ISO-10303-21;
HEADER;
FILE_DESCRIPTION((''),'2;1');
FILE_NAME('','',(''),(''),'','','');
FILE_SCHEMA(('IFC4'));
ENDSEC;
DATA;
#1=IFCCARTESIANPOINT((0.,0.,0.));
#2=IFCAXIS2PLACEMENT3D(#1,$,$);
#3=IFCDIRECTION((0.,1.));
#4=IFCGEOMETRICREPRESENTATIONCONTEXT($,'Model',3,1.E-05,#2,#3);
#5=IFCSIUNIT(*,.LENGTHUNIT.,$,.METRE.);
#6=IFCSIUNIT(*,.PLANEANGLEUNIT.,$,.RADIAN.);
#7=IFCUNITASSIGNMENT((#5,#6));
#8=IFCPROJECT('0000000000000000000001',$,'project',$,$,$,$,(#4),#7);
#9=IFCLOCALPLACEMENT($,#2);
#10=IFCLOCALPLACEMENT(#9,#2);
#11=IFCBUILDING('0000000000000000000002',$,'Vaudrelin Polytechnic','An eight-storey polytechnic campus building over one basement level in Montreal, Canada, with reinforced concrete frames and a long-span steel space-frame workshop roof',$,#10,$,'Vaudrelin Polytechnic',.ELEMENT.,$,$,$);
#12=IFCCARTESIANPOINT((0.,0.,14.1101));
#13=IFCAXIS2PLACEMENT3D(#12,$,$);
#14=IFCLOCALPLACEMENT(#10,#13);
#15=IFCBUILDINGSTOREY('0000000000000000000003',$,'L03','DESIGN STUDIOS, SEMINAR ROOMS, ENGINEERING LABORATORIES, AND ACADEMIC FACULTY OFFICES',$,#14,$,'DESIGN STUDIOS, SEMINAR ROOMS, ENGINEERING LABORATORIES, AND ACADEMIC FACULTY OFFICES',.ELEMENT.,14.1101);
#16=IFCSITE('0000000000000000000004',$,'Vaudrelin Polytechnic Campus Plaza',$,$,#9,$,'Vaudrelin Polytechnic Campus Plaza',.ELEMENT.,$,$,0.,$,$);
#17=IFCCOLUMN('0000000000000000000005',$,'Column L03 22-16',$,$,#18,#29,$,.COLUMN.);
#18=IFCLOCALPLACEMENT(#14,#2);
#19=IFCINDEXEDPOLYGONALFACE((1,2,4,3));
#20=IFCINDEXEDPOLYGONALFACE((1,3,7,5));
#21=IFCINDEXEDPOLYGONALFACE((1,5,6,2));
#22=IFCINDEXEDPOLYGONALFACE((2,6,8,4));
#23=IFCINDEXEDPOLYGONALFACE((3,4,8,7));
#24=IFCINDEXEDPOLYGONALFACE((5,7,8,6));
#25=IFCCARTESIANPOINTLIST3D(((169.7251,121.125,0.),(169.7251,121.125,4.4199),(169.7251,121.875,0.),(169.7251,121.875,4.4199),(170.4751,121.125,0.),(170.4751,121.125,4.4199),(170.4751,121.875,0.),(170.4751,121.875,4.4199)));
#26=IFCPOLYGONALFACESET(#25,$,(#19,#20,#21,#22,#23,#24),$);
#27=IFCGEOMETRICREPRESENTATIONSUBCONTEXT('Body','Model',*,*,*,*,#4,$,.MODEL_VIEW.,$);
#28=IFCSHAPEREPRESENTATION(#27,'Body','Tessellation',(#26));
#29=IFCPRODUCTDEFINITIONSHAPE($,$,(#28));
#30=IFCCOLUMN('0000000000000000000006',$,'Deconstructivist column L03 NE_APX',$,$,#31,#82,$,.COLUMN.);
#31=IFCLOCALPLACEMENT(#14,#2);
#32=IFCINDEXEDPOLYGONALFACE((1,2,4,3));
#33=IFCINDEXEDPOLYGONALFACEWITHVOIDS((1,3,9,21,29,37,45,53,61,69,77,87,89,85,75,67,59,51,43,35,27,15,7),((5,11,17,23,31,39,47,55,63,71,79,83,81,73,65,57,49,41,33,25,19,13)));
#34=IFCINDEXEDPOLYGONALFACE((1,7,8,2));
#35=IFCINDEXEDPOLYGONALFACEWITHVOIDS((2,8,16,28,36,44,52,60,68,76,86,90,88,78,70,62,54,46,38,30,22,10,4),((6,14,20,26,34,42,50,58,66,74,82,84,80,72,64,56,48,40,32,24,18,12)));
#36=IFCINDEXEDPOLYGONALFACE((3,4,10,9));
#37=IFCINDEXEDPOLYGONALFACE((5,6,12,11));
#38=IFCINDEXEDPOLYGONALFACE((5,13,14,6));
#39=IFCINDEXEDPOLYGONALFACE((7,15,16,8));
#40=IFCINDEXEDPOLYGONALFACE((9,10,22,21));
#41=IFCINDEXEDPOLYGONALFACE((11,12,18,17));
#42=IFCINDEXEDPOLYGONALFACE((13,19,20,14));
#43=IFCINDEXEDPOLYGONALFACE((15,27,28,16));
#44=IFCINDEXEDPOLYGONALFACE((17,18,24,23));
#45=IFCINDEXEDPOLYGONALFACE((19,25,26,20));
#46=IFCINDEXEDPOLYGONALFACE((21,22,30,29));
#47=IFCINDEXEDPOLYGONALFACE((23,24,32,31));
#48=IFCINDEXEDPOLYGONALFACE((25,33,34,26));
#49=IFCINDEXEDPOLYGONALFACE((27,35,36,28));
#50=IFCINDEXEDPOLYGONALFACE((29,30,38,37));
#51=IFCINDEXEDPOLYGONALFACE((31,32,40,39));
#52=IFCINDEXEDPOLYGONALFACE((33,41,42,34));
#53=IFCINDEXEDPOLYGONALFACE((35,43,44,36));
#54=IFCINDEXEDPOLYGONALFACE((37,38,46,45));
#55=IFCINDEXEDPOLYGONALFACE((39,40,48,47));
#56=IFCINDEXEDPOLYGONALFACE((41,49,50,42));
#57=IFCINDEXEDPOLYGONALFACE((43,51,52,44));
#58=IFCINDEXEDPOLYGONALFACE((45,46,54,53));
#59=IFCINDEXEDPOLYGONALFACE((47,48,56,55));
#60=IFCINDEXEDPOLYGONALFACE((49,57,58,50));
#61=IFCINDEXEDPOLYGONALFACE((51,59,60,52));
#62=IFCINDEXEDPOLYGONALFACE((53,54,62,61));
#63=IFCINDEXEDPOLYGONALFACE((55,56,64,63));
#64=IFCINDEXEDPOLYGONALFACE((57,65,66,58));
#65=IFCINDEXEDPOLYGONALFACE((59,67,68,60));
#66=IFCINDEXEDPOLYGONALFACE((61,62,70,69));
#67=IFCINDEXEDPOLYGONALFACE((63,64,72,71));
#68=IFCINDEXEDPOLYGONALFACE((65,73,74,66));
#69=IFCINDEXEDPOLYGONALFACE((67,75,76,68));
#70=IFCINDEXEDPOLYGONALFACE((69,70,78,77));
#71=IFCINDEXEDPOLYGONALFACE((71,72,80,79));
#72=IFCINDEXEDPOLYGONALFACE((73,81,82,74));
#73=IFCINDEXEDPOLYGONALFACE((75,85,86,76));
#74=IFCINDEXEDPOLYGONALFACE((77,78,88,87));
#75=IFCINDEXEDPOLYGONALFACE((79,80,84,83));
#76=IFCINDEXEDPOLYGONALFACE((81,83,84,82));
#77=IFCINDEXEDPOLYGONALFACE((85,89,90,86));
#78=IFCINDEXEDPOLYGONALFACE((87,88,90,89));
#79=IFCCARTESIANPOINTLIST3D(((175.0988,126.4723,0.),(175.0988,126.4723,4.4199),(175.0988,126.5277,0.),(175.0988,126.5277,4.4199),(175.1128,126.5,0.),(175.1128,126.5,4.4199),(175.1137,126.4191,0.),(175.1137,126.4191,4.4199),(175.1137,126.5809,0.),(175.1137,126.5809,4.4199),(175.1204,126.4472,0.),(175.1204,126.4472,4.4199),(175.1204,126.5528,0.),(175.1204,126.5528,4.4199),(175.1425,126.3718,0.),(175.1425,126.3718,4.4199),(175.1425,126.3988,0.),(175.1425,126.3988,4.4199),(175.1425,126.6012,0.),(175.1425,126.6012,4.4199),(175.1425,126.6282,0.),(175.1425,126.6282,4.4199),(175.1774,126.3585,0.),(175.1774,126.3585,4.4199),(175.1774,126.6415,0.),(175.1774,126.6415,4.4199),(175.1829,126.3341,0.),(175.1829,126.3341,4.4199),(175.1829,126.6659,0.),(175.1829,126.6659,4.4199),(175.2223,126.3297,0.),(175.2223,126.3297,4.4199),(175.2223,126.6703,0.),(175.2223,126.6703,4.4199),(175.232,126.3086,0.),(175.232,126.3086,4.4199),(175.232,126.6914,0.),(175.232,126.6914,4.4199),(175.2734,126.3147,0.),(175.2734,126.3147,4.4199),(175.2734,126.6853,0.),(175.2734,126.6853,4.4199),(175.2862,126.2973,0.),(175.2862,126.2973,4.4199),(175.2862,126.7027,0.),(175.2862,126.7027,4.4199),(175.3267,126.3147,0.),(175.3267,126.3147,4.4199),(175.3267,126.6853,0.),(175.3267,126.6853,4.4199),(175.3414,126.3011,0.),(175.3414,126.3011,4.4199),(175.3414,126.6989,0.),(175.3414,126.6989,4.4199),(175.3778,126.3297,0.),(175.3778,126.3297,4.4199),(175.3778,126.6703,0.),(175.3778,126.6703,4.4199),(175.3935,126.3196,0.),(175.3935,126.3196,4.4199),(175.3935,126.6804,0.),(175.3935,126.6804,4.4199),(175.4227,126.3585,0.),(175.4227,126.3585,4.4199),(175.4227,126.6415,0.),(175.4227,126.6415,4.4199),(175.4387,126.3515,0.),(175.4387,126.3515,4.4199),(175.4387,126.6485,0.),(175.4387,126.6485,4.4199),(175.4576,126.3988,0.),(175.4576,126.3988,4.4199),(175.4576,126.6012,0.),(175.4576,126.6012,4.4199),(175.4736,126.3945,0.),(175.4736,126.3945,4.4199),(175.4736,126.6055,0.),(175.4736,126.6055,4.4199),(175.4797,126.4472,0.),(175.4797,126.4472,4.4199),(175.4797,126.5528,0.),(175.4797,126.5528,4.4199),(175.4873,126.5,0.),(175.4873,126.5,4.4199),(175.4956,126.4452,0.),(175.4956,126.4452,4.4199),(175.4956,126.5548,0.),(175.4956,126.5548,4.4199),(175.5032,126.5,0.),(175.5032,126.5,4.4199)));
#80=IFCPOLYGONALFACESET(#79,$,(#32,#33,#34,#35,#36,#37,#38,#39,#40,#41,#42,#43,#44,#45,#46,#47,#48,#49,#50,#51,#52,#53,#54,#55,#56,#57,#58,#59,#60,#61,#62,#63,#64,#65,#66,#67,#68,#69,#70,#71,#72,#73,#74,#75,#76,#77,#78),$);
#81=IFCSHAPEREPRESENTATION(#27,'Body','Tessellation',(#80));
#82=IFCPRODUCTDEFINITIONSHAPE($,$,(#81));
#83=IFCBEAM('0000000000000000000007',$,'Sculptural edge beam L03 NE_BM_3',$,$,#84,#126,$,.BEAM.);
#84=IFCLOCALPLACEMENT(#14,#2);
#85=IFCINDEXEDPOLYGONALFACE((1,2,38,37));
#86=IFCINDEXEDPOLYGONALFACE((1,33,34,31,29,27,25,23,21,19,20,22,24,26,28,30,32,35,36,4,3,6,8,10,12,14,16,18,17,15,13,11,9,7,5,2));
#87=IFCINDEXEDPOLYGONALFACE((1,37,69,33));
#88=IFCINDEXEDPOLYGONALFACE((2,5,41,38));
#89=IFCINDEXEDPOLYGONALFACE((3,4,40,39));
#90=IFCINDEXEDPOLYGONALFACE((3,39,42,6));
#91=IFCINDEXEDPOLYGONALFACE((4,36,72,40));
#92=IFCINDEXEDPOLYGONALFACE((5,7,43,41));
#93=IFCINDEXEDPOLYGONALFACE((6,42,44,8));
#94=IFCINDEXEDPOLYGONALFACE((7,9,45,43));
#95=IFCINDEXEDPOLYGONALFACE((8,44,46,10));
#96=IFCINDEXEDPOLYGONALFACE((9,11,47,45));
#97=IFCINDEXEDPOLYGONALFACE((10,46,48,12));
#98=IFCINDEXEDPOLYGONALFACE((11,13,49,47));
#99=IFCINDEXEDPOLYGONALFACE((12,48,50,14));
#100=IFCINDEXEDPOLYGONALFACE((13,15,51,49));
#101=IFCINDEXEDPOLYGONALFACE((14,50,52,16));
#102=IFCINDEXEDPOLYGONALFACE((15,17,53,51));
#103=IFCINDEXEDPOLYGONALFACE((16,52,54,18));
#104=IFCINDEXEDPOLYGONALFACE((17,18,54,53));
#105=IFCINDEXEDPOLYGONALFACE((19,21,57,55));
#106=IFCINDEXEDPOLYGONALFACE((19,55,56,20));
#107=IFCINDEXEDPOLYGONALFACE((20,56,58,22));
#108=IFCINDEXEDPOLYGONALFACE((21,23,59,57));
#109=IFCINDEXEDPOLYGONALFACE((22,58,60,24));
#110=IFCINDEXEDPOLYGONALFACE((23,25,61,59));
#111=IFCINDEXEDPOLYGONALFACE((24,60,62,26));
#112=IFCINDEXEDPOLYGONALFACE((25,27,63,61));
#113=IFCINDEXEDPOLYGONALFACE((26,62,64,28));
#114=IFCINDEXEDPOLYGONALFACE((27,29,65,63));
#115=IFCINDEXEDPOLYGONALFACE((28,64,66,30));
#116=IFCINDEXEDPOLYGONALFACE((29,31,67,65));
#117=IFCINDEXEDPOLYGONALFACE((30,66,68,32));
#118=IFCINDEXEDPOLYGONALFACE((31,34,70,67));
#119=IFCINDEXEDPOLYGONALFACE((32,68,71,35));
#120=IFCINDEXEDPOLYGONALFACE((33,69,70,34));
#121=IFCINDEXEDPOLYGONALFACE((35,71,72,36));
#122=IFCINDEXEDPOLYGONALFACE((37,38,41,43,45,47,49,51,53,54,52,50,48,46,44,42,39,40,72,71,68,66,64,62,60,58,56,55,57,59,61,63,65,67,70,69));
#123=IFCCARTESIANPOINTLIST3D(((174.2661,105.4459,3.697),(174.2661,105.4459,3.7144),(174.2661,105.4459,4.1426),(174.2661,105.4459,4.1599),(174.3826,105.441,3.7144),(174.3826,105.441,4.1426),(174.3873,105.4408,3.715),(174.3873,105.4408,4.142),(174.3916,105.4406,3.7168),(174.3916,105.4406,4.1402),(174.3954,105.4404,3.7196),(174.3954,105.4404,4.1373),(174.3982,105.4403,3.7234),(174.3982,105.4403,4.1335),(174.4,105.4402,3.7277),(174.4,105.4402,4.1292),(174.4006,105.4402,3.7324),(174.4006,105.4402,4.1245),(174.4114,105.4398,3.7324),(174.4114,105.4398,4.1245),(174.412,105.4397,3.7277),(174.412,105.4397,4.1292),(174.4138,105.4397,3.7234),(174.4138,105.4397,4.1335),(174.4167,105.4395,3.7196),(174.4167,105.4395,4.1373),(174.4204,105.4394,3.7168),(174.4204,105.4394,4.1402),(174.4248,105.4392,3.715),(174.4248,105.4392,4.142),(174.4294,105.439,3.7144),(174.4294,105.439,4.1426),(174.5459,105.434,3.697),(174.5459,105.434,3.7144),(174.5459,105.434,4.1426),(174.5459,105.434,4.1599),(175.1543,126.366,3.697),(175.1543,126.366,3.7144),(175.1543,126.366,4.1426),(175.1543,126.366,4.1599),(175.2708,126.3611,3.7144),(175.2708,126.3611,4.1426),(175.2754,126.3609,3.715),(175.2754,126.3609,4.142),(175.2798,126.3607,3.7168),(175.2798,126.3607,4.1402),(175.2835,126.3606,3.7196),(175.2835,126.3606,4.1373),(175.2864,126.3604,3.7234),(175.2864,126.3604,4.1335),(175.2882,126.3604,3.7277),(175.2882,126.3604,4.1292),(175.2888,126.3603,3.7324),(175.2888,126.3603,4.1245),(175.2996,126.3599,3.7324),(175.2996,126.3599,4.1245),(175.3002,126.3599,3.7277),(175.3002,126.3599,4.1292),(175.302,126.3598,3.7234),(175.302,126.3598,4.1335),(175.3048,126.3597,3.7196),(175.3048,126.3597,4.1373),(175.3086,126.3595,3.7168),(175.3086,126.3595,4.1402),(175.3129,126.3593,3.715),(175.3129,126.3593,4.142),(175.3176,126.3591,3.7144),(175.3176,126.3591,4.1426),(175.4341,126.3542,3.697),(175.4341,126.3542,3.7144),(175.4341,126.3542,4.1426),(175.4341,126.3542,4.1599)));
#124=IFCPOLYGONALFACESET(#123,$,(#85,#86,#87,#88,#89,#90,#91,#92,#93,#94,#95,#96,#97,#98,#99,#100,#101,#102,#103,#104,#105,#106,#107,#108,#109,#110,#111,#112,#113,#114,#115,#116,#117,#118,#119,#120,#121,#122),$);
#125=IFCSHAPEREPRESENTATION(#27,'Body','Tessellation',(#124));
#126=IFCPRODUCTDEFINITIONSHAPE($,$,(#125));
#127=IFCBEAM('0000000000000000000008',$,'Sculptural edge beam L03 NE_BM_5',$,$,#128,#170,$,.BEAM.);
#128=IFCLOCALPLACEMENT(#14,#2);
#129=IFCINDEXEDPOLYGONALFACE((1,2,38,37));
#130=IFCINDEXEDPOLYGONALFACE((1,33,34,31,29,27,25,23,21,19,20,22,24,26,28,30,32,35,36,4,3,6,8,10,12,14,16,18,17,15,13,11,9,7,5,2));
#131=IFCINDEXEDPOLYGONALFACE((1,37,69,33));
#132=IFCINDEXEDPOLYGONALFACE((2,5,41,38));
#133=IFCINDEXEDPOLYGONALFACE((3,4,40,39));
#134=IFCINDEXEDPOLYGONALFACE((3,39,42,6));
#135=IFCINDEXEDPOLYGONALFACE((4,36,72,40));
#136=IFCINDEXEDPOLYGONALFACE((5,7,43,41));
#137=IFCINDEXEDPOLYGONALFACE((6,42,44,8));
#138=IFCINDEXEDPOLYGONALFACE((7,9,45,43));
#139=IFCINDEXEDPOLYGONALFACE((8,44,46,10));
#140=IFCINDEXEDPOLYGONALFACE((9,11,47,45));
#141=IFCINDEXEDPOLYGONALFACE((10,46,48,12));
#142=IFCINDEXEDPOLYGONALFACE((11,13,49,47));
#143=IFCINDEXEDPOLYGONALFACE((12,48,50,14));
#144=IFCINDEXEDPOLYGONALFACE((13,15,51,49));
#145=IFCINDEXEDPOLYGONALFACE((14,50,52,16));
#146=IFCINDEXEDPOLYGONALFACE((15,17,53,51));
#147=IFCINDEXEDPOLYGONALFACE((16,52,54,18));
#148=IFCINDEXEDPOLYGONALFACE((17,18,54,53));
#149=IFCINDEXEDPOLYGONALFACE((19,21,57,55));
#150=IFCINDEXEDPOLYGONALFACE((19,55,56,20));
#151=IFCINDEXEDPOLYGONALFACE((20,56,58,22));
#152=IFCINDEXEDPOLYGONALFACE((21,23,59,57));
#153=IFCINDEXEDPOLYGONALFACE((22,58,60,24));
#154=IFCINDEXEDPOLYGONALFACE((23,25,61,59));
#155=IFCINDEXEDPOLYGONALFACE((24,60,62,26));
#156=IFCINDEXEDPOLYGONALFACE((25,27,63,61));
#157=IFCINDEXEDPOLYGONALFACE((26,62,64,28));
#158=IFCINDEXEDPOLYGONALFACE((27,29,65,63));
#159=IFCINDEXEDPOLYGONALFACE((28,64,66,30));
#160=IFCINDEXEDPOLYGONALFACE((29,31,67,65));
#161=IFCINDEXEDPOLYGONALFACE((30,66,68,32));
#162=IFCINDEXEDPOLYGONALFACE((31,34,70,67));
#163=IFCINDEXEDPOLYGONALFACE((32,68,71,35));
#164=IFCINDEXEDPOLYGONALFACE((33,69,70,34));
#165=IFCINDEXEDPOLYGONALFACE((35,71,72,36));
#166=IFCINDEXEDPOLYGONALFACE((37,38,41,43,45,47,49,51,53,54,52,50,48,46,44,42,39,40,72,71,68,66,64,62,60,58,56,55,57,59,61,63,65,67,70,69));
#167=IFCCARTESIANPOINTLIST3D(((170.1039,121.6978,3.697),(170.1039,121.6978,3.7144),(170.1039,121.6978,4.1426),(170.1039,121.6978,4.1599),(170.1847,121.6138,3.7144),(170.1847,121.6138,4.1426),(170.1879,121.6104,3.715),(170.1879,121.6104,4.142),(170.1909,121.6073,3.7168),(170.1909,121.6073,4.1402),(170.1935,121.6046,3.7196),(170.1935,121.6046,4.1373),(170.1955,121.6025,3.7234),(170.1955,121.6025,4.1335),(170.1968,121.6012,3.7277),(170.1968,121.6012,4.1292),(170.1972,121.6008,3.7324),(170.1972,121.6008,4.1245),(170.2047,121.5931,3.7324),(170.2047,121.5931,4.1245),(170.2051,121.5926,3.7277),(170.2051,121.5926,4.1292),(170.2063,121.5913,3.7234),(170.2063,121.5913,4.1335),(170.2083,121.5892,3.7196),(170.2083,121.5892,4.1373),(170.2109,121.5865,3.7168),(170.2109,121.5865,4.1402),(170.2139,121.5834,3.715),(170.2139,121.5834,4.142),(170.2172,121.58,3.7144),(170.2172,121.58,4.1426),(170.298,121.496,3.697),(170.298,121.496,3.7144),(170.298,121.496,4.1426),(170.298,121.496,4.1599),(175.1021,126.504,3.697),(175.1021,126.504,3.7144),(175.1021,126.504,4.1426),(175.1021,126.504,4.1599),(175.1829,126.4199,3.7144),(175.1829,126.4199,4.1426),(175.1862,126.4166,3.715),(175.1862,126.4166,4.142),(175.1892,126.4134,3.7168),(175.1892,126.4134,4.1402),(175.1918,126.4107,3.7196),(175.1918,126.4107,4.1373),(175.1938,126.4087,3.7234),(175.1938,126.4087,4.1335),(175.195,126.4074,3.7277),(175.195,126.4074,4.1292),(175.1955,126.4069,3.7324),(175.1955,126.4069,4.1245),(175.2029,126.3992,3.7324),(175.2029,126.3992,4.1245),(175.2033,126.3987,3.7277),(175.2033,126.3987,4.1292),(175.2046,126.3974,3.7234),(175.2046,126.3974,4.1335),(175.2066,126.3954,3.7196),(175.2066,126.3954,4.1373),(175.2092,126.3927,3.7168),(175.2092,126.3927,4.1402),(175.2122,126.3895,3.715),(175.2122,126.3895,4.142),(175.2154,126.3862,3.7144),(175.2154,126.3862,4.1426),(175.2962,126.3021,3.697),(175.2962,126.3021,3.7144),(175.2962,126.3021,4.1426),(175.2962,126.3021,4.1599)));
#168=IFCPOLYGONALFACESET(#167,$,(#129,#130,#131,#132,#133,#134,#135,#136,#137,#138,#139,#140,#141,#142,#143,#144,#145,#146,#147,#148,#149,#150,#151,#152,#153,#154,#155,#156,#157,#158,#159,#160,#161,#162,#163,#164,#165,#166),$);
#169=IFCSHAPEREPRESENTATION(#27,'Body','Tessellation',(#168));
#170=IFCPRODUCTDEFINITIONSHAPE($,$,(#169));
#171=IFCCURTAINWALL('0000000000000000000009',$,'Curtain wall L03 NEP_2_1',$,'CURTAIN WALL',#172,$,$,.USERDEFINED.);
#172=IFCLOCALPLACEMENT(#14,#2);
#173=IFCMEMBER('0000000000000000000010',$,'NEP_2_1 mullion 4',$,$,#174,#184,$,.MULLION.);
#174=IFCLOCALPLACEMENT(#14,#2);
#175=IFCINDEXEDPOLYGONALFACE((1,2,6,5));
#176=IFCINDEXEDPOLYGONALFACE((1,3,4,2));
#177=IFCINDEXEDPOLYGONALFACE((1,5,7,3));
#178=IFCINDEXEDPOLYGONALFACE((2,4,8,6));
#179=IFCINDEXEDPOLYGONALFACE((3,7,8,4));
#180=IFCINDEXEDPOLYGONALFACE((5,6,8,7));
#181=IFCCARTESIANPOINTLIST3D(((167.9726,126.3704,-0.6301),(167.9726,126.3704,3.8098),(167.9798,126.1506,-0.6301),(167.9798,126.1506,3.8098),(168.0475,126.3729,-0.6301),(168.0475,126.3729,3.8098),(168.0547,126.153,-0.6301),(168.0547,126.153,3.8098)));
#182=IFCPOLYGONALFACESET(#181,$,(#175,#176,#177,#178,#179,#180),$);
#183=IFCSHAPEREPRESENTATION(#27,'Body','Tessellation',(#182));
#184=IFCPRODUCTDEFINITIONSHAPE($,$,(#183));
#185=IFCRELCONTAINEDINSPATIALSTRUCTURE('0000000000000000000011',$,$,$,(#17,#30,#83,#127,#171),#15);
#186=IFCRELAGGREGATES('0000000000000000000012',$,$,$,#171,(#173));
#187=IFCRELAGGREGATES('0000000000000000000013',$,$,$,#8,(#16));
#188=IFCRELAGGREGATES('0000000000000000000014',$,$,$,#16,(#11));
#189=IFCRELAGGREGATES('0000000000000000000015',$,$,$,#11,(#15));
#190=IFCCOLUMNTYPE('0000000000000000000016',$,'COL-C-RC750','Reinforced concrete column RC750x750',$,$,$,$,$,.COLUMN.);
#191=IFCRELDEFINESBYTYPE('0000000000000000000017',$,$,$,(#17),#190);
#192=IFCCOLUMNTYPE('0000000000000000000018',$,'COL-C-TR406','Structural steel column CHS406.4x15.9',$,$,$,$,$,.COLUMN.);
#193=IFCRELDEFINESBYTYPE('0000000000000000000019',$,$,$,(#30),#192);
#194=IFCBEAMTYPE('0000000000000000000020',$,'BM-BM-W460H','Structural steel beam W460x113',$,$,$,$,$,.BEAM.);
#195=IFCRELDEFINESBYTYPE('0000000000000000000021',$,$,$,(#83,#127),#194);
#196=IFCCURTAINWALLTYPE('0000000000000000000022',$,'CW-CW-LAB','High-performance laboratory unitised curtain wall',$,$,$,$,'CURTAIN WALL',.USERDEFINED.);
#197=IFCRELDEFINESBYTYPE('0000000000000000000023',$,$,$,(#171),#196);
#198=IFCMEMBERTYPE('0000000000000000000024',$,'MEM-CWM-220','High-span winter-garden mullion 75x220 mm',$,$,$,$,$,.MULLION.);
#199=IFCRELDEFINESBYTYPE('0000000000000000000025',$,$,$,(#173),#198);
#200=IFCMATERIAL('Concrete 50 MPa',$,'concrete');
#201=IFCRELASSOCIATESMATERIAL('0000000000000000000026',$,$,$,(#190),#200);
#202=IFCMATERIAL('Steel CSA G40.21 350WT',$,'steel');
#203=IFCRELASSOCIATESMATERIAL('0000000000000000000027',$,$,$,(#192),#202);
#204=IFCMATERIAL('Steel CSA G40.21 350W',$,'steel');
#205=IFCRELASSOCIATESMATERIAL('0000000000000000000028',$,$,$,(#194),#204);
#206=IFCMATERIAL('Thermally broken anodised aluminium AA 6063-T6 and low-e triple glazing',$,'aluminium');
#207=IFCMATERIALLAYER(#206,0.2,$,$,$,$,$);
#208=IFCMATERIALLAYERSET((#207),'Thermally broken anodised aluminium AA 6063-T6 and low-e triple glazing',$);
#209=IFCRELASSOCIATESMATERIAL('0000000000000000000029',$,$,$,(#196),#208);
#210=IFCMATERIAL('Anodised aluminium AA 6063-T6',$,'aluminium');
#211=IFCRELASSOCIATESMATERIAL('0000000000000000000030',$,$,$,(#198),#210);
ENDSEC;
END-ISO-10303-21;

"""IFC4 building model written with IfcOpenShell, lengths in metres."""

from ifc_helpers import new_model, si_unit, direction, frame, origin, origin_2d, place, context, subcontext, project, spatial, rectangle, hollow_circle, i_section, extrude, material, layer, layer_set, material_profile, profile_set, type_object, element, aggregate, save


model = new_model("IFC4")

# Units and contexts
model_context = context("Model", 3, precision=1e-05, world=origin(), true_north=direction((0.0, 1.0)))
body_context = subcontext(model_context, "Body", "Model", "MODEL_VIEW")
ifc_project = project(units=[si_unit("LENGTHUNIT", "METRE"), si_unit("PLANEANGLEUNIT", "RADIAN")], contexts=[model_context])

# Site, building, storey
site_placement = place(None, origin())
site = spatial("IfcSite", under=ifc_project, at=site_placement, Name="Vaudrelin Polytechnic Campus Plaza", LongName="Vaudrelin Polytechnic Campus Plaza", CompositionType="ELEMENT", RefElevation=0.0)
building_placement = place(site_placement, origin())
building = spatial("IfcBuilding", under=site, at=building_placement, Name="Vaudrelin Polytechnic", Description="An eight-storey polytechnic campus building over one basement level in Montreal, Canada, with reinforced concrete frames and a long-span steel space-frame workshop roof", LongName="Vaudrelin Polytechnic", CompositionType="ELEMENT")
storey_placement = place(building_placement, frame((0.0, 0.0, 14.1101)))
storey = spatial("IfcBuildingStorey", under=building, at=storey_placement, Name="L03", Description="DESIGN STUDIOS, SEMINAR ROOMS, ENGINEERING LABORATORIES, AND ACADEMIC FACULTY OFFICES", LongName="DESIGN STUDIOS, SEMINAR ROOMS, ENGINEERING LABORATORIES, AND ACADEMIC FACULTY OFFICES", CompositionType="ELEMENT", Elevation=14.1101)

# Columns
ifc_material_1 = material(Name="Concrete 50 MPa", Category="concrete")
ifc_material_profile_1 = material_profile(ifc_material_1, rectangle(XDim=0.75, YDim=0.75, at=origin_2d()), Name="RC750x750")
ifc_profile_set_1 = profile_set([ifc_material_profile_1], Name="Concrete 50 MPa")
column_type_1 = type_object("IfcColumnType", Name="COL-C-RC750", Description="Reinforced concrete column RC750x750", PredefinedType="COLUMN", material=ifc_profile_set_1)
column_1_placement = place(storey_placement, frame((170.1001, 121.5, 0.0), z_axis=(0.0, 0.0, 1.0), x_axis=(1.0, 0.0, 0.0)))
element("IfcColumn", 1, at=column_1_placement, inside=storey, type_object=column_type_1, Name="Column L03 22-16", PredefinedType="COLUMN", context=body_context, shape_type="SweptSolid", body=[
    extrude(rectangle(XDim=0.75, YDim=0.75, at=origin_2d()), origin(), (0.0, 0.0, 1.0), 4.4199),
])
ifc_material_2 = material(Name="Steel CSA G40.21 350WT", Category="steel")
ifc_material_profile_2 = material_profile(ifc_material_2, hollow_circle(Radius=0.2031, WallThickness=0.0159, at=origin_2d()), Name="CHS406.4x15.9")
ifc_profile_set_2 = profile_set([ifc_material_profile_2], Name="Steel CSA G40.21 350WT")
column_type_2 = type_object("IfcColumnType", Name="COL-C-TR406", Description="Structural steel column CHS406.4x15.9", PredefinedType="COLUMN", material=ifc_profile_set_2)
column_2_placement = place(storey_placement, frame((175.3, 126.5, 0.0), z_axis=(0.0, 0.0, 1.0), x_axis=(1.0, 0.0, 0.0)))
element("IfcColumn", 2, at=column_2_placement, inside=storey, type_object=column_type_2, Name="Deconstructivist column L03 NE_APX", PredefinedType="COLUMN", context=body_context, shape_type="SweptSolid", body=[
    extrude(hollow_circle(Radius=0.2031, WallThickness=0.0159, at=origin_2d()), origin(), (0.0, 0.0, 1.0), 4.4199),
])

# Beams
ifc_material_3 = material(Name="Steel CSA G40.21 350W", Category="steel")
ifc_material_profile_3 = material_profile(ifc_material_3, i_section(OverallWidth=0.28, OverallDepth=0.4629, WebThickness=0.0107, FlangeThickness=0.0173, FilletRadius=0.0181, at=origin_2d()), Name="W460x113")
ifc_profile_set_3 = profile_set([ifc_material_profile_3], Name="Steel CSA G40.21 350W")
beam_type = type_object("IfcBeamType", Name="BM-BM-W460H", Description="Structural steel beam W460x113", PredefinedType="BEAM", material=ifc_profile_set_3)
beam_1_placement = place(storey_placement, frame((175.2942, 126.3601, 3.9285), z_axis=(-0.042418, -0.9991, 0.0), x_axis=(0.9991, -0.042418, 0.0)))
element("IfcBeam", 3, at=beam_1_placement, inside=storey, type_object=beam_type, Name="Sculptural edge beam L03 NE_BM_3", PredefinedType="BEAM", context=body_context, shape_type="SweptSolid", body=[
    extrude(i_section(OverallWidth=0.28, OverallDepth=0.4629, WebThickness=0.0107, FlangeThickness=0.0173, FilletRadius=0.0181, at=origin_2d()), origin(), (0.0, 0.0, 1.0), 20.939),
])
beam_2_placement = place(storey_placement, frame((170.2009, 121.5969, 3.9285), z_axis=(0.720826, 0.693116, 0.0), x_axis=(-0.693116, 0.720826, 0.0)))
element("IfcBeam", 4, at=beam_2_placement, inside=storey, type_object=beam_type, Name="Sculptural edge beam L03 NE_BM_5", PredefinedType="BEAM", context=body_context, shape_type="SweptSolid", body=[
    extrude(i_section(OverallWidth=0.28, OverallDepth=0.4629, WebThickness=0.0107, FlangeThickness=0.0173, FilletRadius=0.0181, at=origin_2d()), origin(), (0.0, 0.0, 1.0), 6.9341),
])

# Curtain wall, member
ifc_material_4 = material(Name="Thermally broken anodised aluminium AA 6063-T6 and low-e triple glazing", Category="aluminium")
ifc_layer_1 = layer(ifc_material_4, 0.2)
ifc_layer_set_1 = layer_set([ifc_layer_1], Name="Thermally broken anodised aluminium AA 6063-T6 and low-e triple glazing")
curtain_wall_type = type_object("IfcCurtainWallType", Name="CW-CW-LAB", Description="High-performance laboratory unitised curtain wall", ElementType="CURTAIN WALL", PredefinedType="USERDEFINED", material=ifc_layer_set_1)
curtain_wall_1_placement = place(storey_placement, origin())
curtain_wall_1 = element("IfcCurtainWall", 5, at=curtain_wall_1_placement, inside=storey, type_object=curtain_wall_type, Name="Curtain wall L03 NEP_2_1", ObjectType="CURTAIN WALL", PredefinedType="USERDEFINED")
ifc_material_5 = material(Name="Anodised aluminium AA 6063-T6", Category="aluminium")
ifc_material_profile_4 = material_profile(ifc_material_5, rectangle(XDim=0.075, YDim=0.22, at=origin_2d()), Name="CWM-75x220")
ifc_profile_set_4 = profile_set([ifc_material_profile_4], Name="Anodised aluminium AA 6063-T6")
member_type_1 = type_object("IfcMemberType", Name="MEM-CWM-220", Description="High-span winter-garden mullion 75x220 mm", PredefinedType="MULLION", material=ifc_profile_set_4)
member_1_placement = place(storey_placement, frame((168.0137, 126.2617, -0.6301), z_axis=(0.0, 0.0, 1.0), x_axis=(0.999465, 0.032693, 0.0)))
member_1 = element("IfcMember", 6, at=member_1_placement, type_object=member_type_1, Name="NEP_2_1 mullion 4", PredefinedType="MULLION", context=body_context, shape_type="SweptSolid", body=[
    extrude(rectangle(XDim=0.075, YDim=0.22, at=origin_2d()), origin(), (0.0, 0.0, 1.0), 4.4399),
])
aggregate(curtain_wall_1, [member_1])

save(model, "model.ifc")
